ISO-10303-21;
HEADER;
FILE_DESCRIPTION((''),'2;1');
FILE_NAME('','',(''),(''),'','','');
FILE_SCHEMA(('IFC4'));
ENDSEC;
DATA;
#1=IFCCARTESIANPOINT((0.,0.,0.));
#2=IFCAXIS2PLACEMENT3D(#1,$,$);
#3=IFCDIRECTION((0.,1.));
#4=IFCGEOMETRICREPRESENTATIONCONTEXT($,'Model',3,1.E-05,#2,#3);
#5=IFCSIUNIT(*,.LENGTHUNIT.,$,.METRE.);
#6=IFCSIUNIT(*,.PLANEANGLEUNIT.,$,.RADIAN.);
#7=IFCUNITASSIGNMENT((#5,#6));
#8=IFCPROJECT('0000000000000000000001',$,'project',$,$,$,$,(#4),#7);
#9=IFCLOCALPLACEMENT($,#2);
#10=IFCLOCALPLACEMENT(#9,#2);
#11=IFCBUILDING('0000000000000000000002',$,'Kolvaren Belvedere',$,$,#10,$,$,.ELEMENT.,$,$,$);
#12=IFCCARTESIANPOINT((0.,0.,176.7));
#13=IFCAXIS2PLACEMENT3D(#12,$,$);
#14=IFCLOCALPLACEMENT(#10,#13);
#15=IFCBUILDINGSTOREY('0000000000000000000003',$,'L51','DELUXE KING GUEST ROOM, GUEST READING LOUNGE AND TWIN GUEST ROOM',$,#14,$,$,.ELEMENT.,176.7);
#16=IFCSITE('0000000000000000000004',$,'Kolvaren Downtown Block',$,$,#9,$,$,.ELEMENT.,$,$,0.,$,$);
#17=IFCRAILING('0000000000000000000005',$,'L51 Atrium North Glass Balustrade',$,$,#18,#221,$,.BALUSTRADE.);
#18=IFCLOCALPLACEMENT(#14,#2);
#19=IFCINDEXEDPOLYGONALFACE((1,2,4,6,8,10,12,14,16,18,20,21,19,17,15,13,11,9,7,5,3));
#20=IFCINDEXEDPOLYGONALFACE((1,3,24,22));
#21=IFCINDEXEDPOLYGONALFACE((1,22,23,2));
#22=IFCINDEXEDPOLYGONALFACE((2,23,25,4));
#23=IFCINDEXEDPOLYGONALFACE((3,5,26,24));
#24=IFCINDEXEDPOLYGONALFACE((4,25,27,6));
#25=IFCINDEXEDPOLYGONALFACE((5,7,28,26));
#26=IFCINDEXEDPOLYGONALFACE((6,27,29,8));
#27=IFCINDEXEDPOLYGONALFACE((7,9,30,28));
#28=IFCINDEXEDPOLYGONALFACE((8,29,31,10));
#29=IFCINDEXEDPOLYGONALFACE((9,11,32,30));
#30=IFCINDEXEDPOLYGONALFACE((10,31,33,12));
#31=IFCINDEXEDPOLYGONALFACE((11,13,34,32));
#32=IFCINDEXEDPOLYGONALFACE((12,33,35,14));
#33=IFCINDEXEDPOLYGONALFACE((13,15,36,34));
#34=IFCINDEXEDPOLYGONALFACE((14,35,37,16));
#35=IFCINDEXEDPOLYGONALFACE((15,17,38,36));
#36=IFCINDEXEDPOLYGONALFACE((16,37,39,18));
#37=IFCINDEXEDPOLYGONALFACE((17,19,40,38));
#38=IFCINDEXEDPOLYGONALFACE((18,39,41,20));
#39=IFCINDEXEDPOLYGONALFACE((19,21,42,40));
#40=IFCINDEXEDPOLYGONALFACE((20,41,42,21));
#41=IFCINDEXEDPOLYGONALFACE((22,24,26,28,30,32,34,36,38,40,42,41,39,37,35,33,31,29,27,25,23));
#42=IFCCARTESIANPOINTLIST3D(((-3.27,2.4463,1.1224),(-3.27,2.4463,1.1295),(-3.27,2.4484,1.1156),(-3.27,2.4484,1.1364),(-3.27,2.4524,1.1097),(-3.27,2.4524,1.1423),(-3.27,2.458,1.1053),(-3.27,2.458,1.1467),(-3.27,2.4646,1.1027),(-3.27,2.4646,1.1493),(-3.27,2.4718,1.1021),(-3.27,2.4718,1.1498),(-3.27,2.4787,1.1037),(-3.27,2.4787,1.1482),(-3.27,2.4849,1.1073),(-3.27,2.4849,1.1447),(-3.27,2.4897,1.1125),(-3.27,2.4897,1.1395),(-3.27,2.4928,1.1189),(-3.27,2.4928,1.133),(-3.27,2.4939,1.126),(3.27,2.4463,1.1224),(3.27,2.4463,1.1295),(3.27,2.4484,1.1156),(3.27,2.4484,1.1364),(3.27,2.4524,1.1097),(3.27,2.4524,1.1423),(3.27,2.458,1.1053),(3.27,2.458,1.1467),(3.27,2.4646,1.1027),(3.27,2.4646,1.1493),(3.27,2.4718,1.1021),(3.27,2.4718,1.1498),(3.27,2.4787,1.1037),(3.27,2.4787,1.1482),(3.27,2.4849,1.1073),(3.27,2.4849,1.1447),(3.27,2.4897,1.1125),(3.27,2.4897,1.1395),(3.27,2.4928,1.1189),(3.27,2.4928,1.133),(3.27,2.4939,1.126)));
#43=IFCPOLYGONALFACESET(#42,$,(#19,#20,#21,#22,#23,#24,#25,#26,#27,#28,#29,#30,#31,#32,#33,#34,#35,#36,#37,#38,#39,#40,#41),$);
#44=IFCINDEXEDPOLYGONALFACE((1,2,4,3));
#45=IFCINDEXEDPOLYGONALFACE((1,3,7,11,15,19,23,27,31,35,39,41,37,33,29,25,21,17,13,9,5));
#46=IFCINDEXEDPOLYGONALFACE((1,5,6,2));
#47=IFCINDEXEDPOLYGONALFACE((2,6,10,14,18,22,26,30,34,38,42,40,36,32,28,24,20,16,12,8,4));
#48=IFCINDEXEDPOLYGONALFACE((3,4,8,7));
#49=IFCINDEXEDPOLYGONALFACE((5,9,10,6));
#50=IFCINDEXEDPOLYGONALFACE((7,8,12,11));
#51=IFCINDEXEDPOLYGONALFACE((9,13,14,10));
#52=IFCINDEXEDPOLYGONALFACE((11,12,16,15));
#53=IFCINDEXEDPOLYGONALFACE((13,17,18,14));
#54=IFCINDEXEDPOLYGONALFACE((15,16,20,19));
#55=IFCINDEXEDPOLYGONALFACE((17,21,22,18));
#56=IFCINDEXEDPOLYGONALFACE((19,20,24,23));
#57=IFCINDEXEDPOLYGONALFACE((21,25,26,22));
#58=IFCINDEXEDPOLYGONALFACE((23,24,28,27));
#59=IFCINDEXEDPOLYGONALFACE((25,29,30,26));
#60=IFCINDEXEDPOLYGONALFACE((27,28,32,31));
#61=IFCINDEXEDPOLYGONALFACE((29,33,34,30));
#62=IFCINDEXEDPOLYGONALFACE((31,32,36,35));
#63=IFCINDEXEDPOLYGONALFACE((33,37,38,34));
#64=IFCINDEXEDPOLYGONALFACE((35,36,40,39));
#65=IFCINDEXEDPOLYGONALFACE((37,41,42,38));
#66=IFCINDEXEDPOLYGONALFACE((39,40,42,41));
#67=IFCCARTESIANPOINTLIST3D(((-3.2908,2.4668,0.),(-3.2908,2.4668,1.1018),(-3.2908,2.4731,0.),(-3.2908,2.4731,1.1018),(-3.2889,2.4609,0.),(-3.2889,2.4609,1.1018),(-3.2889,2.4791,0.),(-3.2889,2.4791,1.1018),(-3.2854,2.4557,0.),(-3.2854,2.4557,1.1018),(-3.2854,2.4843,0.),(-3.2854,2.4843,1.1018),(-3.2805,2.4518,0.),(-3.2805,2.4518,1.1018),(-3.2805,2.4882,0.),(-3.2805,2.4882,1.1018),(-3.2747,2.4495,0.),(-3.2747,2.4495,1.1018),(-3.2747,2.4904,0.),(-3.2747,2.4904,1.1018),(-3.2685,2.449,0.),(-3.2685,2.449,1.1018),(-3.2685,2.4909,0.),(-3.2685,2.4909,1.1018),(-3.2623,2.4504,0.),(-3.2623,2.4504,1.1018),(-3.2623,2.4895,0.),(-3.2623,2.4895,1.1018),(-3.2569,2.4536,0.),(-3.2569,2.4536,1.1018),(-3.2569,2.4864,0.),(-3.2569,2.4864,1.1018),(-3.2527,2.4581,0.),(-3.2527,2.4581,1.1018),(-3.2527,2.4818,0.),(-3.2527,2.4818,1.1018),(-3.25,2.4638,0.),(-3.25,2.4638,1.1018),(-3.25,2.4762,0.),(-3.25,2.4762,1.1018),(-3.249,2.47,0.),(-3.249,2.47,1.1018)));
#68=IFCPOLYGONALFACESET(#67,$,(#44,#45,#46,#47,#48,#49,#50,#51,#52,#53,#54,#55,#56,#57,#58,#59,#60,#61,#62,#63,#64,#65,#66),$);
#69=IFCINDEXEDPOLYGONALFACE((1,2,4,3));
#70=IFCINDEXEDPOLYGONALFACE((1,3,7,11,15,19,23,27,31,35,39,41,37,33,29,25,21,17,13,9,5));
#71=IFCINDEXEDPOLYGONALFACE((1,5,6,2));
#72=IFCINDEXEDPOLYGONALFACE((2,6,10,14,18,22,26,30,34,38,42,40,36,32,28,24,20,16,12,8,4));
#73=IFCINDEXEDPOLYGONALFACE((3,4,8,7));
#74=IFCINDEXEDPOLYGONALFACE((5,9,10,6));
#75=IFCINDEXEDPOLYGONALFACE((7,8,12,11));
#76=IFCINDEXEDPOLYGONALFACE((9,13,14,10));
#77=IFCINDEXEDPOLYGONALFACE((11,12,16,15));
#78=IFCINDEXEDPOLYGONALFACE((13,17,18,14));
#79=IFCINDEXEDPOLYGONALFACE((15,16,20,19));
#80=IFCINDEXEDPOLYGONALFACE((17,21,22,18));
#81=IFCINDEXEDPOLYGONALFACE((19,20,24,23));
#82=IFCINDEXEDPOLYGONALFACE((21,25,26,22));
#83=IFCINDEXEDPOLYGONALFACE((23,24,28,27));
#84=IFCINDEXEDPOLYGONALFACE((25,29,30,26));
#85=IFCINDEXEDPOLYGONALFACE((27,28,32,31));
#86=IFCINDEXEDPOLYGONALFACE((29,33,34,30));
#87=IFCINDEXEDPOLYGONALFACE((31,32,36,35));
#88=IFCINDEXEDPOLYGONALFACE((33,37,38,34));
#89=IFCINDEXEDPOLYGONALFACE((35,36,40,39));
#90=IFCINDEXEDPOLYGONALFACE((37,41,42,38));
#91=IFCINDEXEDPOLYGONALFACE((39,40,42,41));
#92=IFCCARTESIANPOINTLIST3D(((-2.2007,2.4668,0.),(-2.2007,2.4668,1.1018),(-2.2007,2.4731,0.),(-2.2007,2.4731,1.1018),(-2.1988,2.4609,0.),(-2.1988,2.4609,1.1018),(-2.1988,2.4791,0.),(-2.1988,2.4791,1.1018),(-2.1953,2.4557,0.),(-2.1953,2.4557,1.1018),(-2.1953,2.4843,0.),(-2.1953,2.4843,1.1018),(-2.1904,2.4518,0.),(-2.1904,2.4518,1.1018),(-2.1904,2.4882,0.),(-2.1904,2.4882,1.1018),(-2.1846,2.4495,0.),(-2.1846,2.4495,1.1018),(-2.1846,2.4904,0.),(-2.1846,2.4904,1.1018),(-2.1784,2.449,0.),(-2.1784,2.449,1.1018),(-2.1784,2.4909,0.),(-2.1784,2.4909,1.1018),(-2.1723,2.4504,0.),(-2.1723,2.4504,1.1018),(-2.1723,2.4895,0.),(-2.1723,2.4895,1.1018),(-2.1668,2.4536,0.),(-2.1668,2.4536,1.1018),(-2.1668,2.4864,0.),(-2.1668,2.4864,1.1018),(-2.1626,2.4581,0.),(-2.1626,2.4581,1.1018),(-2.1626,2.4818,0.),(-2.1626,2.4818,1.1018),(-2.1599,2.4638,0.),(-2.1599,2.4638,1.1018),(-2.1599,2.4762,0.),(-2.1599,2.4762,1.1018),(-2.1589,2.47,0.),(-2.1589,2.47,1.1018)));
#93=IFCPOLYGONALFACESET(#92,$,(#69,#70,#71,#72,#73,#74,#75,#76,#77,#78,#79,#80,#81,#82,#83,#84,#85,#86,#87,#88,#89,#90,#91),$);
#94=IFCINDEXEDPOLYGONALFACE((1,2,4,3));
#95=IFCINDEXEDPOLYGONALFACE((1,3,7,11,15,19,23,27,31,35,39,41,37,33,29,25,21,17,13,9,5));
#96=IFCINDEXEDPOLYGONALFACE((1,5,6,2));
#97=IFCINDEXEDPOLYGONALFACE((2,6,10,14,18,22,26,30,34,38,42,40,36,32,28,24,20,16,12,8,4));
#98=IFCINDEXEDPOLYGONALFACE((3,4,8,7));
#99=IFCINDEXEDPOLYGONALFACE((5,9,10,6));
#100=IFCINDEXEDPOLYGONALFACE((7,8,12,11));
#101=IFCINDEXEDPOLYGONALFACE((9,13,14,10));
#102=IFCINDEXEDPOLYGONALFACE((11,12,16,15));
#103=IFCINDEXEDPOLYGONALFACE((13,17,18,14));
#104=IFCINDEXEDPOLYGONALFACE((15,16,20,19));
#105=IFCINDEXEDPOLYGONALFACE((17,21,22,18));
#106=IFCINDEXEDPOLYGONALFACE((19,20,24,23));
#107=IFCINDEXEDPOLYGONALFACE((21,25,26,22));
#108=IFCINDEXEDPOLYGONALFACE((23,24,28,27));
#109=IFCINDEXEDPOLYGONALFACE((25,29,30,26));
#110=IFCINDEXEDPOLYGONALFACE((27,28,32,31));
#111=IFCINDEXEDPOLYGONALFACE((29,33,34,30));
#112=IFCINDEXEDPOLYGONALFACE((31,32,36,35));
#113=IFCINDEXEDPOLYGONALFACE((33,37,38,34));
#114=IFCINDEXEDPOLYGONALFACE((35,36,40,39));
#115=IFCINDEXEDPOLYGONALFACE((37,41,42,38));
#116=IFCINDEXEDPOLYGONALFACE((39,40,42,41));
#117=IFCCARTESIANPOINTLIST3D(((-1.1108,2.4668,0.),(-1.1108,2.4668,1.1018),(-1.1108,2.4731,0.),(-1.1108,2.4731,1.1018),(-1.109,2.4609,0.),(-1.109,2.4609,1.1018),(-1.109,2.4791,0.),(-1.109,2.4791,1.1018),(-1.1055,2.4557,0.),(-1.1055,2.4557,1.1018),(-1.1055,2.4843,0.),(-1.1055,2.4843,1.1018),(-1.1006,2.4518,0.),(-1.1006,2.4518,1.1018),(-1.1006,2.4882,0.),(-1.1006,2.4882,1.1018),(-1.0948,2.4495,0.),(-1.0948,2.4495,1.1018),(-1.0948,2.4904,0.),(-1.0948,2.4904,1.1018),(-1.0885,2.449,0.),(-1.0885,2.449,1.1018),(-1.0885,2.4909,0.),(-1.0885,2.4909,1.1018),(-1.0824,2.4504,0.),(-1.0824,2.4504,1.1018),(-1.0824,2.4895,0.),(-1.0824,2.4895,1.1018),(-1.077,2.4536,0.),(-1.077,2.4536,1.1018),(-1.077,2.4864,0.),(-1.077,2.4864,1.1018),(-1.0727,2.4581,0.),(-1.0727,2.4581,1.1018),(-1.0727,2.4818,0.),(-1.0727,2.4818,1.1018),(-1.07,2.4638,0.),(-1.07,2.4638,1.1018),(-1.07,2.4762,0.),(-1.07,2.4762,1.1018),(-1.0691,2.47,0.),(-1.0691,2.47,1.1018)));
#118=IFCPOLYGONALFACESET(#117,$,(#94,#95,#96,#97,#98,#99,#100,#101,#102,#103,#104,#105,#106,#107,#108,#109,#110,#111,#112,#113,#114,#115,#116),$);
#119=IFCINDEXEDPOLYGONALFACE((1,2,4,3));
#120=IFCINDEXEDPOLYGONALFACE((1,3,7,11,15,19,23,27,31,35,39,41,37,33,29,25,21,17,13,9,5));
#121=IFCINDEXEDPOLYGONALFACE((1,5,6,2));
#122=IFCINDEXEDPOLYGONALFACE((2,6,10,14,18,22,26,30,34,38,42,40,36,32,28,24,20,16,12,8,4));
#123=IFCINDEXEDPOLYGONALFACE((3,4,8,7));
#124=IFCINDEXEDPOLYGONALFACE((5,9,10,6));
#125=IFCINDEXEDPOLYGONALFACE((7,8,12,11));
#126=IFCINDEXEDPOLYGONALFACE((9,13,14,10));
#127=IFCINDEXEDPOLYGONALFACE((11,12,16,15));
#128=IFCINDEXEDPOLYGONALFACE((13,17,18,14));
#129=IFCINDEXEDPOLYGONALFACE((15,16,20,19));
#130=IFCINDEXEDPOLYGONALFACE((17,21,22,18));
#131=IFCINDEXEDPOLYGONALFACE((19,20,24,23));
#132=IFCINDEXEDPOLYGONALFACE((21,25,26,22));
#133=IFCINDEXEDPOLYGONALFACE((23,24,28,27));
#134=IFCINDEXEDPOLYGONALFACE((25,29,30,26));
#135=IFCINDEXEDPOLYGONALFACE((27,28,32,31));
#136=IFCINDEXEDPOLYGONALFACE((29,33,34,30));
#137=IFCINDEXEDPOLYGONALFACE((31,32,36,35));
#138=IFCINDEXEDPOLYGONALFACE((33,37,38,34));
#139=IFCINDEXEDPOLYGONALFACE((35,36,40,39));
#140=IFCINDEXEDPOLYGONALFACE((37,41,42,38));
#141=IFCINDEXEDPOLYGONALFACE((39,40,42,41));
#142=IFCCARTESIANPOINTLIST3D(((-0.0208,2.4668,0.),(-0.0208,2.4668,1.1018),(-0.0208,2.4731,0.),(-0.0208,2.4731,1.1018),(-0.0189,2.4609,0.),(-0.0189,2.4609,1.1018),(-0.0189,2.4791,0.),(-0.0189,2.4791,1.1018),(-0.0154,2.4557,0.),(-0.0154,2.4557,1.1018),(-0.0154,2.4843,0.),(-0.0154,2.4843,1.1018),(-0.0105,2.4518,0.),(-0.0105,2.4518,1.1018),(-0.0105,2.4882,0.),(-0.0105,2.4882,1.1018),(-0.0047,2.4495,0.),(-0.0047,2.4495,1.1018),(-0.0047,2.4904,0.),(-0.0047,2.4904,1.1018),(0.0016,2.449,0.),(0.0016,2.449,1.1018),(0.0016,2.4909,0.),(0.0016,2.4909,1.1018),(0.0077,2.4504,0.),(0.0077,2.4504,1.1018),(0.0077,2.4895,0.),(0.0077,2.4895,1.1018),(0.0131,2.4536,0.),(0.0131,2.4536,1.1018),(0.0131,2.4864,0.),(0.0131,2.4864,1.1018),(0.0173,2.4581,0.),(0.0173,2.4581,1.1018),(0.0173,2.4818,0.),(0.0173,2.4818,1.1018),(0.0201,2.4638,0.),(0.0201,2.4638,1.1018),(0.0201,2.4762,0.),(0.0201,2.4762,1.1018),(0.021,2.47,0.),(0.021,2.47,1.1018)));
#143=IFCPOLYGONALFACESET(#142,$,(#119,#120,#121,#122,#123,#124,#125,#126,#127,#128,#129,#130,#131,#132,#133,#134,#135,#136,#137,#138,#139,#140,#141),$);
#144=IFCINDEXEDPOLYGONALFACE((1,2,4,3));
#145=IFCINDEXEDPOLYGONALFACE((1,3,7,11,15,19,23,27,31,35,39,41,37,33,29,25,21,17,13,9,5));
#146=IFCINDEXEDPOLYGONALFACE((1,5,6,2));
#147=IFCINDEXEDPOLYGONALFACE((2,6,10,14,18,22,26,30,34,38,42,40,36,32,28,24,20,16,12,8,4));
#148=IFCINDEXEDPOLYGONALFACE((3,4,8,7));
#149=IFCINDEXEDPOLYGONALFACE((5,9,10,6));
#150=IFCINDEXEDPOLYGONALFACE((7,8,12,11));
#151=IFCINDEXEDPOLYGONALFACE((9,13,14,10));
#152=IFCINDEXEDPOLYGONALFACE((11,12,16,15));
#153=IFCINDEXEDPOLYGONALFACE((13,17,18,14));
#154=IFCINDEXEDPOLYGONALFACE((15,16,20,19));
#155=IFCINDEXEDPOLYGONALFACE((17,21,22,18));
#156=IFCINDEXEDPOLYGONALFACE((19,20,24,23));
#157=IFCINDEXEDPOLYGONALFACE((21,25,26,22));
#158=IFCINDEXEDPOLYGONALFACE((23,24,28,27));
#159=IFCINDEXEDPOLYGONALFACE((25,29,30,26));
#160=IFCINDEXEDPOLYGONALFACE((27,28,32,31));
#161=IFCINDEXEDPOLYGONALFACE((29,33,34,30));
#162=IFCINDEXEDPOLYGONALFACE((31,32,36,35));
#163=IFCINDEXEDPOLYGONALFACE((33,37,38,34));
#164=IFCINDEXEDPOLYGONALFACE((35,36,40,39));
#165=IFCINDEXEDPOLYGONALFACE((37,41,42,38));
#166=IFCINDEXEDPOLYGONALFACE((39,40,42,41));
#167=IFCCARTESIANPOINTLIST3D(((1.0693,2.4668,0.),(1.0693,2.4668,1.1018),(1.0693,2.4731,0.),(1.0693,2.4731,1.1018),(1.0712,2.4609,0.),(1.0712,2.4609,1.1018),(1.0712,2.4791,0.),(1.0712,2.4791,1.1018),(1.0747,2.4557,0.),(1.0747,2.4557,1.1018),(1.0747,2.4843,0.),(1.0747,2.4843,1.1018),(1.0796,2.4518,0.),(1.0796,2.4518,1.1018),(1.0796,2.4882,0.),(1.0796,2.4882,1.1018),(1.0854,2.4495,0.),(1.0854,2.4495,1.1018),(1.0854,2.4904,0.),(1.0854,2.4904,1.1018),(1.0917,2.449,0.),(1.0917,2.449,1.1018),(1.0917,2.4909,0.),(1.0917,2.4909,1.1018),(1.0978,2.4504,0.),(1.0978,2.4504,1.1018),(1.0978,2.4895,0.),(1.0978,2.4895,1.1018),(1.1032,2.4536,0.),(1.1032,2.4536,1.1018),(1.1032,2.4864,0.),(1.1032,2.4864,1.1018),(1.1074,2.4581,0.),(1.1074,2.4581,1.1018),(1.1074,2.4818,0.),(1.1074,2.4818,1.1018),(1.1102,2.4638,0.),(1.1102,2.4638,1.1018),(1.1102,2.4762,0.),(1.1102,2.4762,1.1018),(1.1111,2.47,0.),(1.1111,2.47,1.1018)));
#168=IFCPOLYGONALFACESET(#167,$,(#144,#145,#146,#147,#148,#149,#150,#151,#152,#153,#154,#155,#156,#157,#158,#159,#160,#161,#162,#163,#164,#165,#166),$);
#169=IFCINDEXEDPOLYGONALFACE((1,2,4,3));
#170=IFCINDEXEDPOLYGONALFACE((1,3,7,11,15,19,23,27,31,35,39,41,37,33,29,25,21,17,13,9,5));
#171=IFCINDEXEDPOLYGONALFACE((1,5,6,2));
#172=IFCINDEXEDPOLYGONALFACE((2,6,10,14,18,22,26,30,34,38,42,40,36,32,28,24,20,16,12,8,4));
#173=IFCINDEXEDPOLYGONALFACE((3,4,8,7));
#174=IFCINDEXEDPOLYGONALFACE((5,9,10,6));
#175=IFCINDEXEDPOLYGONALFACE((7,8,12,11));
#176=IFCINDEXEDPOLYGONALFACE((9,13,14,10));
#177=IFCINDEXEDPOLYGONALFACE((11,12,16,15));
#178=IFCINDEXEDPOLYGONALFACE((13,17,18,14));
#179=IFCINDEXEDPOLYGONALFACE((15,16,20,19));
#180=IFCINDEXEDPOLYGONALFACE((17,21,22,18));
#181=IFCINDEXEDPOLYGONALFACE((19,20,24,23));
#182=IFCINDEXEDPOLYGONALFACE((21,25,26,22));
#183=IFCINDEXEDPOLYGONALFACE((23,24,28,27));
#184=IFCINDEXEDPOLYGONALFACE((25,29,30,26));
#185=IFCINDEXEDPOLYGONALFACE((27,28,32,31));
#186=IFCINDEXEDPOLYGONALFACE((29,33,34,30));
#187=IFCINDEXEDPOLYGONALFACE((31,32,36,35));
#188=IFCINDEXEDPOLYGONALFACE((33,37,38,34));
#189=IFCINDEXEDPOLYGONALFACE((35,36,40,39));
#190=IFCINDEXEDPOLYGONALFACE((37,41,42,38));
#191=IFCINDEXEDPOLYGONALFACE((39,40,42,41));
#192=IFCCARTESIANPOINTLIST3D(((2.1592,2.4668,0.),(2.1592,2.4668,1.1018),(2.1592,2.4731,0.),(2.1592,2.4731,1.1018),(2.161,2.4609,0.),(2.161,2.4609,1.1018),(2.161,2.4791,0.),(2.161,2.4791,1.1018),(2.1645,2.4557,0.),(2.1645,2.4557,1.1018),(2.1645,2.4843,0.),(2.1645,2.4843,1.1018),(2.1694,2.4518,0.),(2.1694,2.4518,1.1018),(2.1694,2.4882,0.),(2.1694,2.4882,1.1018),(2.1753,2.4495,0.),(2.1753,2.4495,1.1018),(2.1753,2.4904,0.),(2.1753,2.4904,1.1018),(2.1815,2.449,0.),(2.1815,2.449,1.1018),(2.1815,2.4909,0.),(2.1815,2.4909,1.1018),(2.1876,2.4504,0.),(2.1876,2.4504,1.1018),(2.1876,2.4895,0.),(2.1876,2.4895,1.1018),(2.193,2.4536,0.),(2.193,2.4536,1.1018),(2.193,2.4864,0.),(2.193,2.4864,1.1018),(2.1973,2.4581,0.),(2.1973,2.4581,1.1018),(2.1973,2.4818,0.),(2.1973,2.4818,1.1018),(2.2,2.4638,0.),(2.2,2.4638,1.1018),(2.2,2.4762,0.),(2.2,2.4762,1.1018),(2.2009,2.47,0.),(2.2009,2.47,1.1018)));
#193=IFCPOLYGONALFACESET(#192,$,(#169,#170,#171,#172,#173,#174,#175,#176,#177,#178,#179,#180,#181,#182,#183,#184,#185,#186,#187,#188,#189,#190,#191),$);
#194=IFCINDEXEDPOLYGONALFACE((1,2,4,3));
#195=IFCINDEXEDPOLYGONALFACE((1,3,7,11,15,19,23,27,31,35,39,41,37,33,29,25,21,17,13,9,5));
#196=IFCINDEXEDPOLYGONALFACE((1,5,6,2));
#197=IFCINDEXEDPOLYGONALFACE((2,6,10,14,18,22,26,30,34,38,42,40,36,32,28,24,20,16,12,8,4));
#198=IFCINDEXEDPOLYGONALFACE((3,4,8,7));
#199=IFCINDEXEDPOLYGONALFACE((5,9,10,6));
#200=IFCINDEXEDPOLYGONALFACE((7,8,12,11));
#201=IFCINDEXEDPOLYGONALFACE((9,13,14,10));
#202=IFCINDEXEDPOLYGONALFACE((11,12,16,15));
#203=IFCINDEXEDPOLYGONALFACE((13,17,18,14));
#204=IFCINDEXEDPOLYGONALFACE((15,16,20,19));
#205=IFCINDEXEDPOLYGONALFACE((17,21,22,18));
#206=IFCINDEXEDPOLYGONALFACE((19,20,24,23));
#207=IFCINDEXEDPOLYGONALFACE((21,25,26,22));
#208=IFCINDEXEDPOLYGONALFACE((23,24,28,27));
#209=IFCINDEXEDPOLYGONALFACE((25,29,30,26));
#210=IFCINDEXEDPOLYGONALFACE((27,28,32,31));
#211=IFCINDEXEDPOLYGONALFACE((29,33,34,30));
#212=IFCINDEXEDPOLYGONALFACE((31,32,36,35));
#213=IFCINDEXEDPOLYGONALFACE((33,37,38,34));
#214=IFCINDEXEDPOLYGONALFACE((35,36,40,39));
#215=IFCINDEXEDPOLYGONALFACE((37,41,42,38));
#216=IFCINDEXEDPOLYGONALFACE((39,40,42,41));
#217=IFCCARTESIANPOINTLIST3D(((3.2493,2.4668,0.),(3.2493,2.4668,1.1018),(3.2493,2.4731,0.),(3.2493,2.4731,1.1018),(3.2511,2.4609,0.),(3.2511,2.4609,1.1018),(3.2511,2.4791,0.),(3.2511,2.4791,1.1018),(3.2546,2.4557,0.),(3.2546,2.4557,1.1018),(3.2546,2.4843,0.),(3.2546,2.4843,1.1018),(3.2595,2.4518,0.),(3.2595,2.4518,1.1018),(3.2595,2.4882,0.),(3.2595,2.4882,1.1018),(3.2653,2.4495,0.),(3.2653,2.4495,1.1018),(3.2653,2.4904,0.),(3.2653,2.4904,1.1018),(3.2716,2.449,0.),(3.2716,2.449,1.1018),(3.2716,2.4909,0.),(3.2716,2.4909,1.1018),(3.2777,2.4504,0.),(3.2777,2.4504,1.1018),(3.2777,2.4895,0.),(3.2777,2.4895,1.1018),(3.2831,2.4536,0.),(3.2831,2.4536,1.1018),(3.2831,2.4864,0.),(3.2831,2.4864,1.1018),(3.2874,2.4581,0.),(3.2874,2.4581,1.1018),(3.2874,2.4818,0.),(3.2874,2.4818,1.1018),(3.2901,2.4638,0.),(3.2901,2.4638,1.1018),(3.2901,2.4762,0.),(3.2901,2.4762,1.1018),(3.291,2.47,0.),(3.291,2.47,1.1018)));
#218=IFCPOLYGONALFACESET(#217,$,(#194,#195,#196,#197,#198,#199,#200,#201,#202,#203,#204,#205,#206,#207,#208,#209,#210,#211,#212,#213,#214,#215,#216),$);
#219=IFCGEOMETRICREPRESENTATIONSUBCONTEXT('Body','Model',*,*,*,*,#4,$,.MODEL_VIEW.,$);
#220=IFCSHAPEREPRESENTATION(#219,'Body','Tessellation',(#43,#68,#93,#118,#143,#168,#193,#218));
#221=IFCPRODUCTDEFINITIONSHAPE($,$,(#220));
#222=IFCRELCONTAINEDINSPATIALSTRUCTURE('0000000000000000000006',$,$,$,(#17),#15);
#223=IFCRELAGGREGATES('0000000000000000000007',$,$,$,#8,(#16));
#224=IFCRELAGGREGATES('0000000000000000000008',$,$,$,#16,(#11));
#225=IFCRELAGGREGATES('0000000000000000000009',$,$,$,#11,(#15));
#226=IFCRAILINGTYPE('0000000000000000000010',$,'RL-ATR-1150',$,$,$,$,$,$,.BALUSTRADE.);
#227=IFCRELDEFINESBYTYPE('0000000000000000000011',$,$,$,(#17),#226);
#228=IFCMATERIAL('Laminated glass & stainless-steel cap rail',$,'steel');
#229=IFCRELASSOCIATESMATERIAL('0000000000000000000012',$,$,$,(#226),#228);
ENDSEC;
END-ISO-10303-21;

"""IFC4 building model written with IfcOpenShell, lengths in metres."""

from ifc_helpers import new_model, si_unit, direction, frame, origin, origin_2d, place, context, subcontext, project, spatial, circle, extrude, material, type_object, element, save


model = new_model("IFC4")

# Units and contexts
model_context = context("Model", 3, precision=1e-05, world=origin(), true_north=direction((0.0, 1.0)))
body_context = subcontext(model_context, "Body", "Model", "MODEL_VIEW")
ifc_project = project(units=[si_unit("LENGTHUNIT", "METRE"), si_unit("PLANEANGLEUNIT", "RADIAN")], contexts=[model_context])

# Site, building, storey
site_placement = place(None, origin())
site = spatial("IfcSite", under=ifc_project, at=site_placement, Name="Kolvaren Downtown Block", CompositionType="ELEMENT", RefElevation=0.0)
building_placement = place(site_placement, origin())
building = spatial("IfcBuilding", under=site, at=building_placement, Name="Kolvaren Belvedere", CompositionType="ELEMENT")
storey_placement = place(building_placement, frame((0.0, 0.0, 176.7)))
storey = spatial("IfcBuildingStorey", under=building, at=storey_placement, Name="L51", Description="DELUXE KING GUEST ROOM, GUEST READING LOUNGE AND TWIN GUEST ROOM", CompositionType="ELEMENT", Elevation=176.7)

# Railing
ifc_material_1 = material(Name="Laminated glass & stainless-steel cap rail", Category="steel")
railing_type_1 = type_object("IfcRailingType", Name="RL-ATR-1150", PredefinedType="BALUSTRADE", material=ifc_material_1)
railing_1_placement = place(storey_placement, frame((-3.27, 2.47, 0.0)))
element("IfcRailing", 1, at=railing_1_placement, inside=storey, type_object=railing_type_1, Name="L51 Atrium North Glass Balustrade", PredefinedType="BALUSTRADE", context=body_context, shape_type="SweptSolid", body=[
    extrude(circle(Radius=0.0239, at=origin_2d()), frame((0.0, 0.0, 1.126), z_axis=(1.0, 0.0, 0.0), x_axis=(0.0, 1.0, 0.0)), (0.0, 0.0, 1.0), 6.54),
    extrude(circle(Radius=0.021, at=origin_2d()), origin(), (0.0, 0.0, 1.0), 1.1018),
    extrude(circle(Radius=0.021, at=origin_2d()), frame((1.0901, 0.0, 0.0)), (0.0, 0.0, 1.0), 1.1018),
    extrude(circle(Radius=0.021, at=origin_2d()), frame((2.1799, 0.0, 0.0)), (0.0, 0.0, 1.0), 1.1018),
    extrude(circle(Radius=0.021, at=origin_2d()), frame((3.27, 0.0, 0.0)), (0.0, 0.0, 1.0), 1.1018),
    extrude(circle(Radius=0.021, at=origin_2d()), frame((4.3601, 0.0, 0.0)), (0.0, 0.0, 1.0), 1.1018),
    extrude(circle(Radius=0.021, at=origin_2d()), frame((5.45, 0.0, 0.0)), (0.0, 0.0, 1.0), 1.1018),
    extrude(circle(Radius=0.021, at=origin_2d()), frame((6.54, 0.0, 0.0)), (0.0, 0.0, 1.0), 1.1018),
])

save(model, "model.ifc")
